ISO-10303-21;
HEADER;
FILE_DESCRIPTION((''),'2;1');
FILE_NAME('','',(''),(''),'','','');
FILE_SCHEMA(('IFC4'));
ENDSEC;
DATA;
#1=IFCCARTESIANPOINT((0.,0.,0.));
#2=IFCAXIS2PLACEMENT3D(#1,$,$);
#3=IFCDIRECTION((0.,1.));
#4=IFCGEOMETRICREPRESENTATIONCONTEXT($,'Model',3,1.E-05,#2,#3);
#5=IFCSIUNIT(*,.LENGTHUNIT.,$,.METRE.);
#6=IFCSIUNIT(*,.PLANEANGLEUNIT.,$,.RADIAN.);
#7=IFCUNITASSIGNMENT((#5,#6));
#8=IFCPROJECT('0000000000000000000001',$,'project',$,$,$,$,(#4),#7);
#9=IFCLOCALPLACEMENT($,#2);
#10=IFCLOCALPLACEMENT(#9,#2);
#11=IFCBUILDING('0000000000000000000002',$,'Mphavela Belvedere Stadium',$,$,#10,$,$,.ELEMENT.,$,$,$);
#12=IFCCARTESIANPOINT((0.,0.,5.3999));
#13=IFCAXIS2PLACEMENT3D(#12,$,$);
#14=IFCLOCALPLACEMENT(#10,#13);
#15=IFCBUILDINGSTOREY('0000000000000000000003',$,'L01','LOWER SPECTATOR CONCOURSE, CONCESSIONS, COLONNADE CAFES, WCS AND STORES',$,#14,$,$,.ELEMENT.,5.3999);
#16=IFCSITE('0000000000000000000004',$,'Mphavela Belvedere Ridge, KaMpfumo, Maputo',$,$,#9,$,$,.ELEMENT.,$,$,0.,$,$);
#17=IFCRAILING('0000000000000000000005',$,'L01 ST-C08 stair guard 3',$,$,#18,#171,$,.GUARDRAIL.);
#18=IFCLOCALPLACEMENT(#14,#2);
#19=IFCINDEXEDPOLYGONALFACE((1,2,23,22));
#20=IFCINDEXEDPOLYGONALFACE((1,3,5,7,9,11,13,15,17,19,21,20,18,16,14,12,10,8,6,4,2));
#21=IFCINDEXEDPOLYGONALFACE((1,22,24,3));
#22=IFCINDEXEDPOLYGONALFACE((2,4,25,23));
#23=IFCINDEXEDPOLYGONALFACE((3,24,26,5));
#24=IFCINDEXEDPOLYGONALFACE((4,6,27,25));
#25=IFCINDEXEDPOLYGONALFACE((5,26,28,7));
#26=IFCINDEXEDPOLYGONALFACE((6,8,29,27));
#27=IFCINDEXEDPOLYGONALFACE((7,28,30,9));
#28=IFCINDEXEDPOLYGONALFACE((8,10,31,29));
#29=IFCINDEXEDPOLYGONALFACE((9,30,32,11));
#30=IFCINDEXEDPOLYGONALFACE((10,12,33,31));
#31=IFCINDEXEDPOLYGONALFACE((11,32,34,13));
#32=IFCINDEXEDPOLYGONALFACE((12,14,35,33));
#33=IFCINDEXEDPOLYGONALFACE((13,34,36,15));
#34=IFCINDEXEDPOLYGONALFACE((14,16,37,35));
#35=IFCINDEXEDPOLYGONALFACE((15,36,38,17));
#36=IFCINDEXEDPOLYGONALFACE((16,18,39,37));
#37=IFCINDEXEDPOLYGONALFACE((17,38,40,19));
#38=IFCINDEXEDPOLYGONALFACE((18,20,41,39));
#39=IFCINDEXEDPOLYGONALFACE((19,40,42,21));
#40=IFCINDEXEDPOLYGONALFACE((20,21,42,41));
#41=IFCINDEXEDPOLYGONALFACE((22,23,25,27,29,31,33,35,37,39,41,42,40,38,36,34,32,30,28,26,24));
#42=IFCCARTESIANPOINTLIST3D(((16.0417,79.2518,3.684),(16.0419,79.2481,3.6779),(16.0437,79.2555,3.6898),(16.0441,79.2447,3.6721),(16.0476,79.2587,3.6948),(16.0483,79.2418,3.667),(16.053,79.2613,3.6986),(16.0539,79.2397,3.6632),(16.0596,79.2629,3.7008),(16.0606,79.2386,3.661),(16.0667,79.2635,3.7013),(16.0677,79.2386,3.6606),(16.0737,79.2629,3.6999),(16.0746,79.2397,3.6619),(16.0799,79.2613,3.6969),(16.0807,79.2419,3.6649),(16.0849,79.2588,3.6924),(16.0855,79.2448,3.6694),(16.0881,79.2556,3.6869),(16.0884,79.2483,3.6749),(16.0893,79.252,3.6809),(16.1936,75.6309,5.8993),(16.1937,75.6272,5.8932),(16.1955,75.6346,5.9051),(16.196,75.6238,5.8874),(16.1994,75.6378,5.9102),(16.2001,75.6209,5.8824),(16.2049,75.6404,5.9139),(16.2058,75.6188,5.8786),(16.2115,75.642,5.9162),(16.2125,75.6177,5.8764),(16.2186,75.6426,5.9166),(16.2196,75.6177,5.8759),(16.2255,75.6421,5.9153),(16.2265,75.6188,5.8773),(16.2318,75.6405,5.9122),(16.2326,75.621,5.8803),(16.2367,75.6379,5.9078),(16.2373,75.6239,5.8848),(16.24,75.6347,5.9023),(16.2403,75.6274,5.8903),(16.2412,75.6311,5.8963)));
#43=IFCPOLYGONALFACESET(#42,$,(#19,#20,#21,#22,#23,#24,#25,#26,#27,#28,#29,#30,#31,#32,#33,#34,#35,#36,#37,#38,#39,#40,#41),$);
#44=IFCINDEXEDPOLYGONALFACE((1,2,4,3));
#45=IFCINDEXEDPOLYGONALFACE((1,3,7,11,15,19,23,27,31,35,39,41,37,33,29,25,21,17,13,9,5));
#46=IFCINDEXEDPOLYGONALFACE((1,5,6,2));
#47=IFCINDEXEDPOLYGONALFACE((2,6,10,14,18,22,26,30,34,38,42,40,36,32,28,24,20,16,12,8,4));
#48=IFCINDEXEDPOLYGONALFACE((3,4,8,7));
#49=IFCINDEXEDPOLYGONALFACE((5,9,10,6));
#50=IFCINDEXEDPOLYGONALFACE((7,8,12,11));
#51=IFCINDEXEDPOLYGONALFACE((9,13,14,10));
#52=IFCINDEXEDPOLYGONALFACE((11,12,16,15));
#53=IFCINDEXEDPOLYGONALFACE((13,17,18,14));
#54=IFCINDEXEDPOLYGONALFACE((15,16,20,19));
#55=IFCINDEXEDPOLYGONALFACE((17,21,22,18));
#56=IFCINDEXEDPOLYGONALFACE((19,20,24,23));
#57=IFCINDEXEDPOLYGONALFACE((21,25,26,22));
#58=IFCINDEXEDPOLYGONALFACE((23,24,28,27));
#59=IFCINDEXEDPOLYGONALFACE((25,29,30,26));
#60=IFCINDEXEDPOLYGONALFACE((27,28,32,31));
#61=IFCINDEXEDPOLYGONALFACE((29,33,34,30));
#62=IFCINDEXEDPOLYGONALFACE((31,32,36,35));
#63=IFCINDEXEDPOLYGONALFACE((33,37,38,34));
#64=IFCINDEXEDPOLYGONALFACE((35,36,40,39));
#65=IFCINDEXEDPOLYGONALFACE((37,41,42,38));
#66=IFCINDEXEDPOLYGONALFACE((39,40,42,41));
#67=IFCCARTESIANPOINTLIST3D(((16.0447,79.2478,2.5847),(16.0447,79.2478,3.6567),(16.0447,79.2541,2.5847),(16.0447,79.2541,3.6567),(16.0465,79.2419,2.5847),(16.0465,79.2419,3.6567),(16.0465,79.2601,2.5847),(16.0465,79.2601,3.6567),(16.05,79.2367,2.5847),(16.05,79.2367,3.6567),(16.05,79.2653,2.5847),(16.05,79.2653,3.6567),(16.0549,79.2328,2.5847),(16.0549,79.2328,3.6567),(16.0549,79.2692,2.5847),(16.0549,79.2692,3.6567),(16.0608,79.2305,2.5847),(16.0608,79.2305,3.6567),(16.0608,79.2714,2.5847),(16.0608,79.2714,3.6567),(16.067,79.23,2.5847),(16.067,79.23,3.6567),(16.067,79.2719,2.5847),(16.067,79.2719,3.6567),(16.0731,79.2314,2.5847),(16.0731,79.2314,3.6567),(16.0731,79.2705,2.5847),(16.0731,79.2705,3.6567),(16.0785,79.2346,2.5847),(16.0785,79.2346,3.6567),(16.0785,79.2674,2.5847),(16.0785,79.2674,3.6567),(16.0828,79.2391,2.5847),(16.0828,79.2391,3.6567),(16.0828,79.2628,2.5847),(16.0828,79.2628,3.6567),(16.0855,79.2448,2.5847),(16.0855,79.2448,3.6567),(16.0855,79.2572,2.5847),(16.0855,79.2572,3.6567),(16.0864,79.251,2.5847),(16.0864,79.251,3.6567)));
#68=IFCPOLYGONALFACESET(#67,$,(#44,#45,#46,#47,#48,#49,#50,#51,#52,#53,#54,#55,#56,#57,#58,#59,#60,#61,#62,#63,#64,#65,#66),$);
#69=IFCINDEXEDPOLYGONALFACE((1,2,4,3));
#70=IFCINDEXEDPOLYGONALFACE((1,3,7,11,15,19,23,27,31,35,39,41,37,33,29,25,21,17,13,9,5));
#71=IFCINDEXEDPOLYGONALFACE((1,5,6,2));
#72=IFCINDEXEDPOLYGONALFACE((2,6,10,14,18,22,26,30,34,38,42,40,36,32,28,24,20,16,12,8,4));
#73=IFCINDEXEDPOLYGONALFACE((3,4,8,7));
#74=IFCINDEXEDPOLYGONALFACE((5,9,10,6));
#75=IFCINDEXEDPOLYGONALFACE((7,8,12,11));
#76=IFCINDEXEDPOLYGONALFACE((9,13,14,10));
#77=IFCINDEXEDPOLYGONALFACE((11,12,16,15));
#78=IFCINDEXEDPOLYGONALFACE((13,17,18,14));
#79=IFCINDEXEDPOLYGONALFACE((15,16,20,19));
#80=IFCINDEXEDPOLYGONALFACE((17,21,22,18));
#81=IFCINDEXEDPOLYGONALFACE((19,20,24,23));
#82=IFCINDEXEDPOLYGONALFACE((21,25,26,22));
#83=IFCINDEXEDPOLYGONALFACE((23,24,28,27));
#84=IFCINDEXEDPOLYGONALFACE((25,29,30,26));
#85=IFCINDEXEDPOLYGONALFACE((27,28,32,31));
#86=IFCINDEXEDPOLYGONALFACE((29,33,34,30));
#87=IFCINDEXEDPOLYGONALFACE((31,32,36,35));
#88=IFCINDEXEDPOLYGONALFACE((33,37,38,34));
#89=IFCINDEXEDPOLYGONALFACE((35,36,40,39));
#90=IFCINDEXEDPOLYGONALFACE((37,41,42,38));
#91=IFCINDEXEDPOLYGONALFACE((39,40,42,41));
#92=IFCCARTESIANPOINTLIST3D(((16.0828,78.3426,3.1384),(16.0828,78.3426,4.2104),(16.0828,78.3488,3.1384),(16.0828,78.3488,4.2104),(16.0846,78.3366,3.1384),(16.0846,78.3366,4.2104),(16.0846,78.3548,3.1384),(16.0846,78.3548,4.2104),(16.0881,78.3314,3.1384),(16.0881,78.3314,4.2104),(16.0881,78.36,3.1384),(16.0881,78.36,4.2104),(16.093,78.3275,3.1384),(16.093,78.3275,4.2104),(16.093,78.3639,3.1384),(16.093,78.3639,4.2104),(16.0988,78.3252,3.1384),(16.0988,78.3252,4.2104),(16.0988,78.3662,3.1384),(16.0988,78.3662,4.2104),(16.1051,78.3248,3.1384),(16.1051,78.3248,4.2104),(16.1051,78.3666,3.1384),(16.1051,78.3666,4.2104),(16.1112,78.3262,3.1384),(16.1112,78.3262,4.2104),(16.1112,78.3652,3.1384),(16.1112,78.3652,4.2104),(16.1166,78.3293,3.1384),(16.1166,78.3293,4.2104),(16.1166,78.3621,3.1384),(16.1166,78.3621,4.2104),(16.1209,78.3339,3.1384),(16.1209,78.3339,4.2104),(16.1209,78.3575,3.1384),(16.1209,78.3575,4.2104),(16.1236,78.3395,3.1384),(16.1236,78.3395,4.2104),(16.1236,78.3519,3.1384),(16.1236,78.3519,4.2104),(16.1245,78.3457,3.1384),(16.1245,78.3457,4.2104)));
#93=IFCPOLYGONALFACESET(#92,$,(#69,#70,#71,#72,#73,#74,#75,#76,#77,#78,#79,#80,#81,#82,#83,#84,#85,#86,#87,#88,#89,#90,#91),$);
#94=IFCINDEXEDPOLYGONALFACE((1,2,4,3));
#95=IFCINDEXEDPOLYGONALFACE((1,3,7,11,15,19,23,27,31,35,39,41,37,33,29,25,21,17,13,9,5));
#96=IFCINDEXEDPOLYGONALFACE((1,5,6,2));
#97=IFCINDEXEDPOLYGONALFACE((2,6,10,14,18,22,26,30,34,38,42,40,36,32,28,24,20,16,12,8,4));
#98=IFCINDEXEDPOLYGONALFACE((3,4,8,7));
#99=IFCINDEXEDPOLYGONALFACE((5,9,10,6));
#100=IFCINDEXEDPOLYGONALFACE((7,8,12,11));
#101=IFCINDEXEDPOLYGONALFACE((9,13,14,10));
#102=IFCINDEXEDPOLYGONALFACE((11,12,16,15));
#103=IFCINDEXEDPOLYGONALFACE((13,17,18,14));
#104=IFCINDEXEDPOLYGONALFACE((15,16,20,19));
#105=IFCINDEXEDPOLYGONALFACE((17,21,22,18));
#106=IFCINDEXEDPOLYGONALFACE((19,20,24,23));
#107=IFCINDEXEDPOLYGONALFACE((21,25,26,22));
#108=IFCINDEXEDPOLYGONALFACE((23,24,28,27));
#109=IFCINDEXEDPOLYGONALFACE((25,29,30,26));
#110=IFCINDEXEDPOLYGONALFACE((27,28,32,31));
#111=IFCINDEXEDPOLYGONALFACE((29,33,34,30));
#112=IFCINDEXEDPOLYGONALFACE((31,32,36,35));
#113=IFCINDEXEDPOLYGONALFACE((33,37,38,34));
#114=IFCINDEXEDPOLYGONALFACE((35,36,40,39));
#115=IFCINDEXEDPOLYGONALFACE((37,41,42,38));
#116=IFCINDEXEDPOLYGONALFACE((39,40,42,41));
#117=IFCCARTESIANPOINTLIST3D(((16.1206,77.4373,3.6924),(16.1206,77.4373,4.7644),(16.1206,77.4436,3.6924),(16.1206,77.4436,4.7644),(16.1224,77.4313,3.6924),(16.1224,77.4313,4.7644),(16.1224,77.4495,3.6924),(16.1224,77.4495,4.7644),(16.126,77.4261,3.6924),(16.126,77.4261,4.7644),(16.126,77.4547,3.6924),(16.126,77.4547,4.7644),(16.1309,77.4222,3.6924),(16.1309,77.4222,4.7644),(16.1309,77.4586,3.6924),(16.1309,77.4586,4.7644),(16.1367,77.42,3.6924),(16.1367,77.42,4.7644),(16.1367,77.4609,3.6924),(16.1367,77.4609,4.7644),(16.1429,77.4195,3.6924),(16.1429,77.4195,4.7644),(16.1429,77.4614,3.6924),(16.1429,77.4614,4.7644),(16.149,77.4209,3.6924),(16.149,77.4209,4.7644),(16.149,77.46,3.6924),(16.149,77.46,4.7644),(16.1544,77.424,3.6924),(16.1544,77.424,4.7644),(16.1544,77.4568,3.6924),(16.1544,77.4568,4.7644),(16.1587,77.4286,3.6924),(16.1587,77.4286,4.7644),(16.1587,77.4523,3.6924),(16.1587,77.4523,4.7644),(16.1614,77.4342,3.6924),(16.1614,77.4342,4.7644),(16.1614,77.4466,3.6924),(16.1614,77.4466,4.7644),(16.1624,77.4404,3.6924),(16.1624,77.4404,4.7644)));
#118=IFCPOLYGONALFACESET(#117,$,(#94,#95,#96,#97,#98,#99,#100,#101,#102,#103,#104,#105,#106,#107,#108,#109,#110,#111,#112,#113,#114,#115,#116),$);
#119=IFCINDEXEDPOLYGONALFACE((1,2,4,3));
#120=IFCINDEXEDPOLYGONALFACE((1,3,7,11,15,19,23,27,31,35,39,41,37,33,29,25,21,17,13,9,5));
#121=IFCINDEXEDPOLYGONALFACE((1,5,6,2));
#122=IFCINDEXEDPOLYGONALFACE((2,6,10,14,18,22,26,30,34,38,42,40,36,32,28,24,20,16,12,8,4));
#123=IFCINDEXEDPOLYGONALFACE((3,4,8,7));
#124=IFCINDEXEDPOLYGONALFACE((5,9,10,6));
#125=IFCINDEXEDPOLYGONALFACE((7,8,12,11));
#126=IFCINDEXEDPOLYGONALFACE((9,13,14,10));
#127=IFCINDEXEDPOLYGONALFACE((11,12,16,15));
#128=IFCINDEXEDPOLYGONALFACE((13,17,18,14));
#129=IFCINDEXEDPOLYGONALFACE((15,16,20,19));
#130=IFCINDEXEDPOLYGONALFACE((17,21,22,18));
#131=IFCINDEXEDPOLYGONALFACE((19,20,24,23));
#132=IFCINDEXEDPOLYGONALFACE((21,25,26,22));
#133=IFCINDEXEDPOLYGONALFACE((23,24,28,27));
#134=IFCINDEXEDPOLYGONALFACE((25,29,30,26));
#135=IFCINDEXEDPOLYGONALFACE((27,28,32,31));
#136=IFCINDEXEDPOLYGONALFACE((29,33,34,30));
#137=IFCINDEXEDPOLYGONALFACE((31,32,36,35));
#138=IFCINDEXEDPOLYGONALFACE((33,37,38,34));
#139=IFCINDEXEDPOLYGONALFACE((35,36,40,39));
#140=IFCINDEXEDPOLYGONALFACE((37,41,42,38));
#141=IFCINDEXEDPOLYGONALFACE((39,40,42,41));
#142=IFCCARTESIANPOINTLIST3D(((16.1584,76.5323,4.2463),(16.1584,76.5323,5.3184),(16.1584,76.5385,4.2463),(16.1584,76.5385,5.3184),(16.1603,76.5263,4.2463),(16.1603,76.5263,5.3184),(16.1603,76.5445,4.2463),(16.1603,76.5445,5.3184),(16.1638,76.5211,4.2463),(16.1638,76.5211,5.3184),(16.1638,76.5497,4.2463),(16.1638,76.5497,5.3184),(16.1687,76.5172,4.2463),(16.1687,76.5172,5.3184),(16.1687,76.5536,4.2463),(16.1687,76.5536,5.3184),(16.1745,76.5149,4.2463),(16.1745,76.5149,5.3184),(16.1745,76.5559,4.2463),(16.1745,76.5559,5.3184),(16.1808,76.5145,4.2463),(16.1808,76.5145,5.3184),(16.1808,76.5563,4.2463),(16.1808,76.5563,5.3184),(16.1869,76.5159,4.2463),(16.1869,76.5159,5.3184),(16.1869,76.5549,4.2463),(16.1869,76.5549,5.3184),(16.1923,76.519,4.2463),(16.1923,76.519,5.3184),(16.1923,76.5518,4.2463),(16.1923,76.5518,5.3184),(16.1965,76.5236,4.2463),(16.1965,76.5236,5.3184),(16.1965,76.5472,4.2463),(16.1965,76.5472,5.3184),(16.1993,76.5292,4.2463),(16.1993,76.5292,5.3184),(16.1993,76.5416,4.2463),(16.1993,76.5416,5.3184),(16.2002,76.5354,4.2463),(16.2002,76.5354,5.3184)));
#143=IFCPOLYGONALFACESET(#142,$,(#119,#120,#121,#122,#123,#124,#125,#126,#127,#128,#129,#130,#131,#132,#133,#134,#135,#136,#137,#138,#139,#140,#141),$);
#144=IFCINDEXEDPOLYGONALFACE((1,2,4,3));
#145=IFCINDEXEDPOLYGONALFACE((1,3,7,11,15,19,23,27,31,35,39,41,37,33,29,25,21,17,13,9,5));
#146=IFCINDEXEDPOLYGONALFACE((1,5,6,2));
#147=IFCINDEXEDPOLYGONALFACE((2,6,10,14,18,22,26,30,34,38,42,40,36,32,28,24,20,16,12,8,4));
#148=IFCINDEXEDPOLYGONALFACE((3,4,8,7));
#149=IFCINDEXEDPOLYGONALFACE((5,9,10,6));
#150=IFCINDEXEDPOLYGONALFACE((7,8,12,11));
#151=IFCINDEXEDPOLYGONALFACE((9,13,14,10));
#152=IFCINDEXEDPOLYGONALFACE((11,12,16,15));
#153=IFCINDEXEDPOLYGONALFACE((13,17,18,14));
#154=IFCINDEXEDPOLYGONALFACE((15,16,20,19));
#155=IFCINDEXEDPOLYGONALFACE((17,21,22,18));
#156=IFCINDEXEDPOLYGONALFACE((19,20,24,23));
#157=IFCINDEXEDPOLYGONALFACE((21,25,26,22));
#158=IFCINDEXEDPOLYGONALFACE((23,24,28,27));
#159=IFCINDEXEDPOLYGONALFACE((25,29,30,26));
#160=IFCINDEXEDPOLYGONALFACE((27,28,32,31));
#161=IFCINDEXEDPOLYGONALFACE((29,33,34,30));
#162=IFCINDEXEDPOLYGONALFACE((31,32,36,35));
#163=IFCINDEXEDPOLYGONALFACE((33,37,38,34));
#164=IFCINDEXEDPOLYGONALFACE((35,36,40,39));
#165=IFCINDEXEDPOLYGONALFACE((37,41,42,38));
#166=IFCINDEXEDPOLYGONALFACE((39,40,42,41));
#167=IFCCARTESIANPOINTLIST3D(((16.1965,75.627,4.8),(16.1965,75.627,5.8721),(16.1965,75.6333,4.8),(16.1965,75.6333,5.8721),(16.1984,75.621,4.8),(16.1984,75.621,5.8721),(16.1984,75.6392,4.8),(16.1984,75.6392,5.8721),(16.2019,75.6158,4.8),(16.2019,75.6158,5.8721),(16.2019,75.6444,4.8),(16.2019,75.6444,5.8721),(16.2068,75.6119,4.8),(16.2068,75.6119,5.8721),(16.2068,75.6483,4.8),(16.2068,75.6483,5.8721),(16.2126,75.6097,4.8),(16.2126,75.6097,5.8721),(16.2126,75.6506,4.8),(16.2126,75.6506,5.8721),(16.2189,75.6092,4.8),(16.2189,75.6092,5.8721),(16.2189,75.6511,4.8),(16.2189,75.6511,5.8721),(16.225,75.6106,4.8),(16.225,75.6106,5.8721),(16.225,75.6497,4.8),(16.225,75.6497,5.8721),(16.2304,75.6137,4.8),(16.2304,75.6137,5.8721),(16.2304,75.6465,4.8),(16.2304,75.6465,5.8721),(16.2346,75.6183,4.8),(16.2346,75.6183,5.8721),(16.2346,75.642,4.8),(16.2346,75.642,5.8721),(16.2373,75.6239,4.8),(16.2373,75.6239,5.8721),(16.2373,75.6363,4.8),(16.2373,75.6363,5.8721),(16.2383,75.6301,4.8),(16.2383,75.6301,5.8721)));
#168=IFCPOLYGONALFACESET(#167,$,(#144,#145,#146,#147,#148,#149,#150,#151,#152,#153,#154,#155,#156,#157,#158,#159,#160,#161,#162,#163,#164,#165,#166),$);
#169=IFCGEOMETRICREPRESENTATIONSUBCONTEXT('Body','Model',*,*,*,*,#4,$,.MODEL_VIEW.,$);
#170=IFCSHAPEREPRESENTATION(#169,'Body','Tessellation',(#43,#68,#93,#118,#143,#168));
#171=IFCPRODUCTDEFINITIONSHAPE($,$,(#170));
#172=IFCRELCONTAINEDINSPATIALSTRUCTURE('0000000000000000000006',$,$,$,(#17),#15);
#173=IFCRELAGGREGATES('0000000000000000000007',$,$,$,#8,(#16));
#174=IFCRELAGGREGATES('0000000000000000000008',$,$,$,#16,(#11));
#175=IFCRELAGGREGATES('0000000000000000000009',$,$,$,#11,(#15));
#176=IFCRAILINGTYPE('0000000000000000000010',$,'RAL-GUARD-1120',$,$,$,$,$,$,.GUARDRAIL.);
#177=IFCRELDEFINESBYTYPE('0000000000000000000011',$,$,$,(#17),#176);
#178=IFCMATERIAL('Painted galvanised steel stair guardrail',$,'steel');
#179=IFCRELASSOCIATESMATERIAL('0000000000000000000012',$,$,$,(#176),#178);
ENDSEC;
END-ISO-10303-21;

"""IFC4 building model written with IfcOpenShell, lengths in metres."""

from ifc_helpers import new_model, si_unit, direction, frame, origin, origin_2d, place, context, subcontext, project, spatial, circle, extrude, material, type_object, element, save


model = new_model("IFC4")

# Units and contexts
model_context = context("Model", 3, precision=1e-05, world=origin(), true_north=direction((0.0, 1.0)))
body_context = subcontext(model_context, "Body", "Model", "MODEL_VIEW")
ifc_project = project(units=[si_unit("LENGTHUNIT", "METRE"), si_unit("PLANEANGLEUNIT", "RADIAN")], contexts=[model_context])

# Site, building, storey
site_placement = place(None, origin())
site = spatial("IfcSite", under=ifc_project, at=site_placement, Name="Mphavela Belvedere Ridge, KaMpfumo, Maputo", CompositionType="ELEMENT", RefElevation=0.0)
building_placement = place(site_placement, origin())
building = spatial("IfcBuilding", under=site, at=building_placement, Name="Mphavela Belvedere Stadium", CompositionType="ELEMENT")
storey_placement = place(building_placement, frame((0.0, 0.0, 5.3999)))
storey = spatial("IfcBuildingStorey", under=building, at=storey_placement, Name="L01", Description="LOWER SPECTATOR CONCOURSE, CONCESSIONS, COLONNADE CAFES, WCS AND STORES", CompositionType="ELEMENT", Elevation=5.3999)

# Railing
ifc_material_1 = material(Name="Painted galvanised steel stair guardrail", Category="steel")
railing_type_1 = type_object("IfcRailingType", Name="RAL-GUARD-1120", PredefinedType="GUARDRAIL", material=ifc_material_1)
railing_1_placement = place(storey_placement, frame((16.0654, 79.251, 2.5847)))
element("IfcRailing", 1, at=railing_1_placement, inside=storey, type_object=railing_type_1, Name="L01 ST-C08 stair guard 3", PredefinedType="GUARDRAIL", context=body_context, shape_type="SweptSolid", body=[
    extrude(circle(Radius=0.0239, at=origin_2d()), frame((0.0, 0.0, 1.0962), z_axis=(0.035752, -0.852465, 0.521561), x_axis=(0.999122, 0.041902, 0.0)), (0.0, 0.0, 1.0), 4.2476),
    extrude(circle(Radius=0.021, at=origin_2d()), origin(), (0.0, 0.0, 1.0), 1.072),
    extrude(circle(Radius=0.021, at=origin_2d()), frame((0.0381, -0.9053, 0.5537)), (0.0, 0.0, 1.0), 1.072),
    extrude(circle(Radius=0.021, at=origin_2d()), frame((0.0759, -1.8105, 1.1077)), (0.0, 0.0, 1.0), 1.072),
    extrude(circle(Radius=0.021, at=origin_2d()), frame((0.1138, -2.7156, 1.6616)), (0.0, 0.0, 1.0), 1.072),
    extrude(circle(Radius=0.021, at=origin_2d()), frame((0.1519, -3.6208, 2.2153)), (0.0, 0.0, 1.0), 1.072),
])

save(model, "model.ifc")
